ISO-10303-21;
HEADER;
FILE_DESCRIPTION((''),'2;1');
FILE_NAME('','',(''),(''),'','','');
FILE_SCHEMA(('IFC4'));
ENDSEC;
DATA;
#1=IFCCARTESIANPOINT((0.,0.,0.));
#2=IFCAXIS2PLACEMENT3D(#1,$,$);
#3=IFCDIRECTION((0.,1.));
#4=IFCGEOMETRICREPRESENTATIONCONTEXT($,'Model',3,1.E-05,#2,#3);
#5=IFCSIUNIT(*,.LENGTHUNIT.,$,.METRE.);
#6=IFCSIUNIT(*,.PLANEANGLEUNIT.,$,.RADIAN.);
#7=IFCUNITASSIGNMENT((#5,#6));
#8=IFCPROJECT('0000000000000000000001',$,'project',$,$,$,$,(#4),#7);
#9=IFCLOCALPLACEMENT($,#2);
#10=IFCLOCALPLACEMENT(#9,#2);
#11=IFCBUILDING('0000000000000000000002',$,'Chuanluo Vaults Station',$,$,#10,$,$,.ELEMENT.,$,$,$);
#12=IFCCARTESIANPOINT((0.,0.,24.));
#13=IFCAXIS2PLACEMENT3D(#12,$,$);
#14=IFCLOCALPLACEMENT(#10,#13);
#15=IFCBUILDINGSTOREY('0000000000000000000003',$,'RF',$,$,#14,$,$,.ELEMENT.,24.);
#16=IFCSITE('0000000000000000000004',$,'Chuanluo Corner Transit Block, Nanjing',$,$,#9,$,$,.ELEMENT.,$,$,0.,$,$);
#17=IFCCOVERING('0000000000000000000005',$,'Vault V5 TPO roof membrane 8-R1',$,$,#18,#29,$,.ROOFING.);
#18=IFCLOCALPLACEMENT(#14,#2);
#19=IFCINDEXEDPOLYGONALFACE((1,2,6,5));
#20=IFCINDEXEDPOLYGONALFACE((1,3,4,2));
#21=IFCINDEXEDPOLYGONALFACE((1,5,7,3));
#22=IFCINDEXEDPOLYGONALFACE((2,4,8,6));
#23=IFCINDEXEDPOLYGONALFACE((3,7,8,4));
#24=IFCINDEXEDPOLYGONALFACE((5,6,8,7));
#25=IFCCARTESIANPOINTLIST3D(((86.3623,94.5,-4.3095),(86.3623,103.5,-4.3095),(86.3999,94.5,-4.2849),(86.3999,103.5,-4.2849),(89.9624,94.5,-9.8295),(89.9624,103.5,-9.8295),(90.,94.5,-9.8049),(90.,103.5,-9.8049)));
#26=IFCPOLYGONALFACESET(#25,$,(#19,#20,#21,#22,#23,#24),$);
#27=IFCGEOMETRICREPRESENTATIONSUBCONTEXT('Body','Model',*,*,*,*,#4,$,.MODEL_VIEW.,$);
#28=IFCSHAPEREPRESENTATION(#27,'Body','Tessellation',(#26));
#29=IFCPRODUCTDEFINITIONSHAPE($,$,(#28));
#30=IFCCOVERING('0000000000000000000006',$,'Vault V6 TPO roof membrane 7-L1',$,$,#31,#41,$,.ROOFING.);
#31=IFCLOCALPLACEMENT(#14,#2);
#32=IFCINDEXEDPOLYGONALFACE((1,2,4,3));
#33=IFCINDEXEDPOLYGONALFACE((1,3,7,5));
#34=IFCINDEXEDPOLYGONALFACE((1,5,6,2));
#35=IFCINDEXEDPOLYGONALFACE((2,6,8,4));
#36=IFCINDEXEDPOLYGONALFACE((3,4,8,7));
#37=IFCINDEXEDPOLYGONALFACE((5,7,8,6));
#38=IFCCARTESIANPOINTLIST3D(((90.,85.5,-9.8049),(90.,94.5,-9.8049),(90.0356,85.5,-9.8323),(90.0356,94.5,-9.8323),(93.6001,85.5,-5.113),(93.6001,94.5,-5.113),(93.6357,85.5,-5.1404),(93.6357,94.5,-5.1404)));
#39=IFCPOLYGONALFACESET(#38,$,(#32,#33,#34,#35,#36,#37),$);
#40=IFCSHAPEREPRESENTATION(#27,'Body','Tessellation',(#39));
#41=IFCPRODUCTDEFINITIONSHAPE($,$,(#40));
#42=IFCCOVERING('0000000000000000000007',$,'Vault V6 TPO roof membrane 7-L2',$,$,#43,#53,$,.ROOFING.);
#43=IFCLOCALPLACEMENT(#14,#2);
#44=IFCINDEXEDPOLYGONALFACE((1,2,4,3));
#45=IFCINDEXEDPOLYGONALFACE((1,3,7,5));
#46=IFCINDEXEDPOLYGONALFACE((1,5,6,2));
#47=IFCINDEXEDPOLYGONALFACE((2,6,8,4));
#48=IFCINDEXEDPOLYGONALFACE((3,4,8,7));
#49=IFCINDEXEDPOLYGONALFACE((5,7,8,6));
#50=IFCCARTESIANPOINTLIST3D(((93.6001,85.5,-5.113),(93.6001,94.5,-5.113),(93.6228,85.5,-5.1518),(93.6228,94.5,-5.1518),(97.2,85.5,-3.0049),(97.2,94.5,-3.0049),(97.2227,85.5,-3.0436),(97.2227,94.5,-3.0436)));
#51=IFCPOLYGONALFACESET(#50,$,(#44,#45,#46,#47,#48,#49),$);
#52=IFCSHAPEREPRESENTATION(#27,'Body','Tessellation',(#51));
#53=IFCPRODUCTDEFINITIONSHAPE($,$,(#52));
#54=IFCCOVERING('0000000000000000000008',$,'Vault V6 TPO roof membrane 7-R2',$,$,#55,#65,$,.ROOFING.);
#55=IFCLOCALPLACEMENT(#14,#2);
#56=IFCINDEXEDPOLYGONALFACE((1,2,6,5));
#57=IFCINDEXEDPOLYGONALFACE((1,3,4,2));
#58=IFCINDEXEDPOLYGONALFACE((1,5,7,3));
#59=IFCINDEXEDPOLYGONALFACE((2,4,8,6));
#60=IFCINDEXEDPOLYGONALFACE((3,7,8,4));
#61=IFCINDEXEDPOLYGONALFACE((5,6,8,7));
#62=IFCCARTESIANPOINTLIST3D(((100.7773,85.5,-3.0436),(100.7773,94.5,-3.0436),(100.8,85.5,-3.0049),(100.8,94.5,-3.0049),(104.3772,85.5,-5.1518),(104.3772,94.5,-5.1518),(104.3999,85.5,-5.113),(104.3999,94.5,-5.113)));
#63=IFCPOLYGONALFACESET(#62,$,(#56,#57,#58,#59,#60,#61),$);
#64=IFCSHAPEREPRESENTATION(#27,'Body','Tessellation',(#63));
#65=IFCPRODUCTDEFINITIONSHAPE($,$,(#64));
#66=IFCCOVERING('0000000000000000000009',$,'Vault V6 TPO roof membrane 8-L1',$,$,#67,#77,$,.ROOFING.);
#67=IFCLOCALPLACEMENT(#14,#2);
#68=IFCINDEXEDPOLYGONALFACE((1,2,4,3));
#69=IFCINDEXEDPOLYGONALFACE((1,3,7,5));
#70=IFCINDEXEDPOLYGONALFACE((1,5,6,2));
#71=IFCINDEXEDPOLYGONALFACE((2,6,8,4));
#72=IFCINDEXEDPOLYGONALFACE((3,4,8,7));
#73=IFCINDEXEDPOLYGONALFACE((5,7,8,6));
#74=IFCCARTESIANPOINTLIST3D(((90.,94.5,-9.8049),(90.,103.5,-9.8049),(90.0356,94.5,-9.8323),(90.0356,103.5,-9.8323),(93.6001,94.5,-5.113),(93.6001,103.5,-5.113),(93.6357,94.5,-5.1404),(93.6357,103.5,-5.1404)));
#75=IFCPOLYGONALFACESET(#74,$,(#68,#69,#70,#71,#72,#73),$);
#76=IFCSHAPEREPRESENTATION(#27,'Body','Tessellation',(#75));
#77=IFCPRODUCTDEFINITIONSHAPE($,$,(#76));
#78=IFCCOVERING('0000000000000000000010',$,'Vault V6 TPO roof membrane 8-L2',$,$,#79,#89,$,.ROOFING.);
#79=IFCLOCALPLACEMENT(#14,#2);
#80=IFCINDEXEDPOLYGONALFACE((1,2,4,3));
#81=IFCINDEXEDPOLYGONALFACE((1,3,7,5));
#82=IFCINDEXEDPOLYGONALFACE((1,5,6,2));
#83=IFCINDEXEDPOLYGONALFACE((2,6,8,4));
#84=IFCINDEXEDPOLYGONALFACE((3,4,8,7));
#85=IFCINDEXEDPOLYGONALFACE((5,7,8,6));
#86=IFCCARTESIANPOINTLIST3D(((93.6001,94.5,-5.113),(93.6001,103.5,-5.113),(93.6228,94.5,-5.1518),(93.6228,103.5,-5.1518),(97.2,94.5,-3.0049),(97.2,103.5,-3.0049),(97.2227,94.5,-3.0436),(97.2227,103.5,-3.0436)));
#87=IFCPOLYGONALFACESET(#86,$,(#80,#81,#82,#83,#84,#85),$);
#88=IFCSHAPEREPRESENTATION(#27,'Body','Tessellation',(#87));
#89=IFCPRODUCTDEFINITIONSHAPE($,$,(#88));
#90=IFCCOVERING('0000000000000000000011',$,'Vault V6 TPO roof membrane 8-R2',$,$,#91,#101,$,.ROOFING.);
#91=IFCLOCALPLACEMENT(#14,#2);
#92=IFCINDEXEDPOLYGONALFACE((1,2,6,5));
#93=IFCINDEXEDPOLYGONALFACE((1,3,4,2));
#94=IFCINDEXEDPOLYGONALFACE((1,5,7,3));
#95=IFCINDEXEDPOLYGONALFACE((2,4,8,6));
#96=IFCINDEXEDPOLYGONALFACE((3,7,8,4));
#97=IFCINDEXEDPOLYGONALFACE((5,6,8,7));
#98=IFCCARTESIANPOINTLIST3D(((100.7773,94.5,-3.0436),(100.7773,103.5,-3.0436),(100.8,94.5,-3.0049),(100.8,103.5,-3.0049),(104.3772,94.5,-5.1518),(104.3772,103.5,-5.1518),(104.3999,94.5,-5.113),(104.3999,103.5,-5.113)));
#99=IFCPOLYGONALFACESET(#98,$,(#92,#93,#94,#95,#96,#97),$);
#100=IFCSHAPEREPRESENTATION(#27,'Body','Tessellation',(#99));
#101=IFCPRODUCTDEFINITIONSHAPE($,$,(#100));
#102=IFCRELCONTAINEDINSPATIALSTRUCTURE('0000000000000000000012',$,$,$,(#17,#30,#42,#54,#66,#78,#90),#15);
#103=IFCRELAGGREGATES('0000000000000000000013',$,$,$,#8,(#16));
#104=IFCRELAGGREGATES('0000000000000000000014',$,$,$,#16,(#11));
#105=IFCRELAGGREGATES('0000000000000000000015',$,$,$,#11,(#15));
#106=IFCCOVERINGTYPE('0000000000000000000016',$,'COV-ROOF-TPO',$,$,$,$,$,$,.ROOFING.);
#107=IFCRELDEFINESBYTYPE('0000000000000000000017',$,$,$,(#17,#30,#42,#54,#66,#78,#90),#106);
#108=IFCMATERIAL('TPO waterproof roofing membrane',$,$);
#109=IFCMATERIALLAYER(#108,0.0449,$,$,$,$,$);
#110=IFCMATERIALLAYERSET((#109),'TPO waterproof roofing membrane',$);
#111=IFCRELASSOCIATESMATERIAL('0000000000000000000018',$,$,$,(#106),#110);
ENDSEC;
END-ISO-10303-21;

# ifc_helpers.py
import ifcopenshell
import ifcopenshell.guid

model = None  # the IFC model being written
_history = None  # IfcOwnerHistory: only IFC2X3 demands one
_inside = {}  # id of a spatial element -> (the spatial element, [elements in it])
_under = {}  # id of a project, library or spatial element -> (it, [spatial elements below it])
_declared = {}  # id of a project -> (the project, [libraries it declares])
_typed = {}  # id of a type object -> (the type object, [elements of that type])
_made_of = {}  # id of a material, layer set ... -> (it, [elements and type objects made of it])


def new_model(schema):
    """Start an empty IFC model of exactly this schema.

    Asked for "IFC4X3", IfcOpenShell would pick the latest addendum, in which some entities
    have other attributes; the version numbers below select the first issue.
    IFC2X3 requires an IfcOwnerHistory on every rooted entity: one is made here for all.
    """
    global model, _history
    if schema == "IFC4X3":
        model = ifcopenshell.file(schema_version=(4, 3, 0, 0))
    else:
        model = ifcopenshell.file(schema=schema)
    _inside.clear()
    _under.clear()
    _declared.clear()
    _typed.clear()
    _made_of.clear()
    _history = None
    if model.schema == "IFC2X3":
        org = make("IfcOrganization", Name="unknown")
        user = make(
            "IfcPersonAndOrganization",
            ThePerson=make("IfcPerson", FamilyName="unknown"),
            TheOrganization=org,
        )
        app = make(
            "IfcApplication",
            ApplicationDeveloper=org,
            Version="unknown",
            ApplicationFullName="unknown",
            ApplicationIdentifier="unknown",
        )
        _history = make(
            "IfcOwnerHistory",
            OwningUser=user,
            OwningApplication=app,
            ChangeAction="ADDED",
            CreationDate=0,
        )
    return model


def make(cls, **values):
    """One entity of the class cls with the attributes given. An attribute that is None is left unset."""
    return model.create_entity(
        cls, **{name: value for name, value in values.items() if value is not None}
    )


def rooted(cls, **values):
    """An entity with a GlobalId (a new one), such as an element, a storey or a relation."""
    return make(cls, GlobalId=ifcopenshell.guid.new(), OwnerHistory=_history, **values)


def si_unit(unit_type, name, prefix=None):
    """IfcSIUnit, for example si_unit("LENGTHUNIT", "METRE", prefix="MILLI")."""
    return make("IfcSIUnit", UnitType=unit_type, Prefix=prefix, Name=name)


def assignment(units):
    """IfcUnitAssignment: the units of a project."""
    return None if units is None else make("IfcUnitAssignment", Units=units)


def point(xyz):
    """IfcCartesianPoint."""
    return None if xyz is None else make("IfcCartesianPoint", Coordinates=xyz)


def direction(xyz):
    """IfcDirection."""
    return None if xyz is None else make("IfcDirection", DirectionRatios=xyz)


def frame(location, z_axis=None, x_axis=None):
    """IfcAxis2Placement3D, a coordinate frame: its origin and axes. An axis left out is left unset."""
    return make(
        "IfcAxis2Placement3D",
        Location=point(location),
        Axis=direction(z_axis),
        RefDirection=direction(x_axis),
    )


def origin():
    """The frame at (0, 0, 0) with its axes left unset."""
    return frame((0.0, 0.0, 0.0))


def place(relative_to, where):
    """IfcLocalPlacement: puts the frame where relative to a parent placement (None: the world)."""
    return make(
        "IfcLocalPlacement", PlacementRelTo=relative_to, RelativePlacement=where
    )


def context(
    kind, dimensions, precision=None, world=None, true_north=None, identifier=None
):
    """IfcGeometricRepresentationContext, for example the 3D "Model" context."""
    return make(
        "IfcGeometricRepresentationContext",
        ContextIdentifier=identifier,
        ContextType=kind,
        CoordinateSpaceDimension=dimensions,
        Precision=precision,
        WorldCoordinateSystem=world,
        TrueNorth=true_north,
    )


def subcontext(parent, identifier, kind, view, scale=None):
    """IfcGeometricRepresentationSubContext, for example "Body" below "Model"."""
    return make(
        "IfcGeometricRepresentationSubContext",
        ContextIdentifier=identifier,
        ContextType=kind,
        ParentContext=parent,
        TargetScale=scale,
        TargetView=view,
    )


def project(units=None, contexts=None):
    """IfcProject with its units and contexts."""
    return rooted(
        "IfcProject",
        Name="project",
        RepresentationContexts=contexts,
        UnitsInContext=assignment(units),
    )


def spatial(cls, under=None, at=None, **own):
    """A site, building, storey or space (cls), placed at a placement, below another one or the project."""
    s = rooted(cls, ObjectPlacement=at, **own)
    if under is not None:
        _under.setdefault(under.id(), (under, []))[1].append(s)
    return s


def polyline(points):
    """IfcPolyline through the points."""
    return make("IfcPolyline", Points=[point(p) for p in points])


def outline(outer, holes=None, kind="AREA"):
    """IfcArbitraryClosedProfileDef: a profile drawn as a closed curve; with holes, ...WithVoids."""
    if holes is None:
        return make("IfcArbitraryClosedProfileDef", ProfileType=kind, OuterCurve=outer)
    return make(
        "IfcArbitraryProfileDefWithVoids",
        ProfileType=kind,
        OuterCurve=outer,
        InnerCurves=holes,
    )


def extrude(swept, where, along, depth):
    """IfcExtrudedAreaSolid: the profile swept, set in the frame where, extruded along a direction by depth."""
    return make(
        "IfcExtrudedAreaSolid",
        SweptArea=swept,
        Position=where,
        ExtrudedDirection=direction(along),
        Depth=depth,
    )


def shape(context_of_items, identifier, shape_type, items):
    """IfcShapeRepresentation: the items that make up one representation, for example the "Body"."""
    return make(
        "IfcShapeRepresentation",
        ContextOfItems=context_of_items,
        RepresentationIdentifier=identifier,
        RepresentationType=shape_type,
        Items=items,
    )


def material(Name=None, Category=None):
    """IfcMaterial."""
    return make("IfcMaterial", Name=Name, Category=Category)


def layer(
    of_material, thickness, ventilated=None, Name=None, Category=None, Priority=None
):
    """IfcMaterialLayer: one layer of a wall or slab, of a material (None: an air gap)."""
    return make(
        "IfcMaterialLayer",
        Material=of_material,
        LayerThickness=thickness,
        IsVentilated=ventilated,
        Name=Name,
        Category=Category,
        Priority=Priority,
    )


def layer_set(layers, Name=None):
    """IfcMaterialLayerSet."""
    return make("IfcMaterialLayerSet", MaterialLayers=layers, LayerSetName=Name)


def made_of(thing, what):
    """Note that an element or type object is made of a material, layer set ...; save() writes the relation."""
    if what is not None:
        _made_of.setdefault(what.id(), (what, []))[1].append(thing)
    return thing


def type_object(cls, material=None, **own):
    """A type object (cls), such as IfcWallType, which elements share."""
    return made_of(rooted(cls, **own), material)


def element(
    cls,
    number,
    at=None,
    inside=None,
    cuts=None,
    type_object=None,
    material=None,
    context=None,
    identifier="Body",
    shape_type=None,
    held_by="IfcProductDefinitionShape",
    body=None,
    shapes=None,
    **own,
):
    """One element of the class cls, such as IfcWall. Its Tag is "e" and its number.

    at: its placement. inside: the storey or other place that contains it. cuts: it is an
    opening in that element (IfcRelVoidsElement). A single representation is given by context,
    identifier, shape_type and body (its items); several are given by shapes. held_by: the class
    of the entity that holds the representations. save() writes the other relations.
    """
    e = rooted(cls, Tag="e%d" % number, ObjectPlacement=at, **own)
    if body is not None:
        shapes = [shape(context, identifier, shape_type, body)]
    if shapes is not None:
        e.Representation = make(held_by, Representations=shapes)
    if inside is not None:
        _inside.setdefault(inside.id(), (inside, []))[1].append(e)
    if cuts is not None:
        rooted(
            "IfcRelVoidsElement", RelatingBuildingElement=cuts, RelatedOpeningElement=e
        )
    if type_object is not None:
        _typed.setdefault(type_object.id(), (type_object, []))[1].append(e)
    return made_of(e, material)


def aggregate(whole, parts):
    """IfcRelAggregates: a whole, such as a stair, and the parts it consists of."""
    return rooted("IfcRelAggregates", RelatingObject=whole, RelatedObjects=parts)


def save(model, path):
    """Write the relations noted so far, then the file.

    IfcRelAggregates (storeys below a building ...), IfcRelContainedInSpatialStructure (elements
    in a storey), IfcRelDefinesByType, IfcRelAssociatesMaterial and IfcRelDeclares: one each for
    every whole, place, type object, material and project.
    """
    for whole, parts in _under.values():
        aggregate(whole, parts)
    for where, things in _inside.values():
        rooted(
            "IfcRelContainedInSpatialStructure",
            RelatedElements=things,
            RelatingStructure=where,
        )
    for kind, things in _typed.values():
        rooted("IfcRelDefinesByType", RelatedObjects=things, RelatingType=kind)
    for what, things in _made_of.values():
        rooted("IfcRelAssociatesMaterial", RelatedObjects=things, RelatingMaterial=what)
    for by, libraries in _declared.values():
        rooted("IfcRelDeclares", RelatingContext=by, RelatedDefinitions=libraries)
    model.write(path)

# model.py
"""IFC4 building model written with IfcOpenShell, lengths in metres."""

from ifc_helpers import new_model, si_unit, direction, frame, origin, place, context, subcontext, project, spatial, polyline, outline, extrude, material, layer, layer_set, type_object, element, save


model = new_model("IFC4")

# Units and contexts
model_context = context("Model", 3, precision=1e-05, world=origin(), true_north=direction((0.0, 1.0)))
body_context = subcontext(model_context, "Body", "Model", "MODEL_VIEW")
ifc_project = project(units=[si_unit("LENGTHUNIT", "METRE"), si_unit("PLANEANGLEUNIT", "RADIAN")], contexts=[model_context])

# Site, building, storey
site_placement = place(None, origin())
site = spatial("IfcSite", under=ifc_project, at=site_placement, Name="Chuanluo Corner Transit Block, Nanjing", CompositionType="ELEMENT", RefElevation=0.0)
building_placement = place(site_placement, origin())
building = spatial("IfcBuilding", under=site, at=building_placement, Name="Chuanluo Vaults Station", CompositionType="ELEMENT")
storey_placement = place(building_placement, frame((0.0, 0.0, 24.0)))
storey = spatial("IfcBuildingStorey", under=building, at=storey_placement, Name="RF", CompositionType="ELEMENT", Elevation=24.0)

# Coverings
ifc_material_1 = material(Name="TPO waterproof roofing membrane")
ifc_layer_1 = layer(ifc_material_1, 0.0449)
ifc_layer_set_1 = layer_set([ifc_layer_1], Name="TPO waterproof roofing membrane")
covering_type_1 = type_object("IfcCoveringType", Name="COV-ROOF-TPO", PredefinedType="ROOFING", material=ifc_layer_set_1)
covering_1_placement = place(storey_placement, frame((86.3999, 94.5, -4.2849), z_axis=(0.837605, 0.0, 0.546277), x_axis=(0.546277, 0.0, -0.837605)))
element("IfcCovering", 1, at=covering_1_placement, inside=storey, type_object=covering_type_1, Name="Vault V5 TPO roof membrane 8-R1", PredefinedType="ROOFING", context=body_context, shape_type="SweptSolid", body=[
    extrude(outline(polyline([(0.0, 0.0), (6.5902, 0.0), (6.5902, 9.0), (0.0, 9.0), (0.0, 0.0)])), origin(), (0.0, 0.0, -1.0), 0.0449),
])
covering_2_placement = place(storey_placement, frame((90.0, 85.5, -9.8049), z_axis=(-0.793363, 0.0, 0.608749), x_axis=(0.608749, 0.0, 0.793363)))
element("IfcCovering", 2, at=covering_2_placement, inside=storey, type_object=covering_type_1, Name="Vault V6 TPO roof membrane 7-L1", PredefinedType="ROOFING", context=body_context, shape_type="SweptSolid", body=[
    extrude(outline(polyline([(0.0, 0.0), (5.9139, 0.0), (5.9139, 9.0), (0.0, 9.0), (0.0, 0.0)])), origin(), (0.0, 0.0, -1.0), 0.0449),
])
for number, where, z_axis, x_axis, name in (
    (3, (93.6001, 85.5, -5.113), (-0.505344, 0.0, 0.862918), (0.862918, 0.0, 0.505344), "Vault V6 TPO roof membrane 7-L2"),
    (4, (100.8, 85.5, -3.0049), (0.505344, 0.0, 0.862918), (0.862918, 0.0, -0.505344), "Vault V6 TPO roof membrane 7-R2"),
):
    element("IfcCovering", number, at=place(storey_placement, frame(where, z_axis=z_axis, x_axis=x_axis)), inside=storey, type_object=covering_type_1, Name=name, PredefinedType="ROOFING", context=body_context, shape_type="SweptSolid", body=[
        extrude(outline(polyline([(0.0, 0.0), (4.1717, 0.0), (4.1717, 9.0), (0.0, 9.0), (0.0, 0.0)])), origin(), (0.0, 0.0, -1.0), 0.0449),
    ])
covering_3_placement = place(storey_placement, frame((90.0, 94.5, -9.8049), z_axis=(-0.793363, 0.0, 0.608749), x_axis=(0.608749, 0.0, 0.793363)))
element("IfcCovering", 5, at=covering_3_placement, inside=storey, type_object=covering_type_1, Name="Vault V6 TPO roof membrane 8-L1", PredefinedType="ROOFING", context=body_context, shape_type="SweptSolid", body=[
    extrude(outline(polyline([(0.0, 0.0), (5.9139, 0.0), (5.9139, 9.0), (0.0, 9.0), (0.0, 0.0)])), origin(), (0.0, 0.0, -1.0), 0.0449),
])
for number, where, z_axis, x_axis, name in (
    (6, (93.6001, 94.5, -5.113), (-0.505344, 0.0, 0.862918), (0.862918, 0.0, 0.505344), "Vault V6 TPO roof membrane 8-L2"),
    (7, (100.8, 94.5, -3.0049), (0.505344, 0.0, 0.862918), (0.862918, 0.0, -0.505344), "Vault V6 TPO roof membrane 8-R2"),
):
    element("IfcCovering", number, at=place(storey_placement, frame(where, z_axis=z_axis, x_axis=x_axis)), inside=storey, type_object=covering_type_1, Name=name, PredefinedType="ROOFING", context=body_context, shape_type="SweptSolid", body=[
        extrude(outline(polyline([(0.0, 0.0), (4.1717, 0.0), (4.1717, 9.0), (0.0, 9.0), (0.0, 0.0)])), origin(), (0.0, 0.0, -1.0), 0.0449),
    ])

save(model, "model.ifc")
